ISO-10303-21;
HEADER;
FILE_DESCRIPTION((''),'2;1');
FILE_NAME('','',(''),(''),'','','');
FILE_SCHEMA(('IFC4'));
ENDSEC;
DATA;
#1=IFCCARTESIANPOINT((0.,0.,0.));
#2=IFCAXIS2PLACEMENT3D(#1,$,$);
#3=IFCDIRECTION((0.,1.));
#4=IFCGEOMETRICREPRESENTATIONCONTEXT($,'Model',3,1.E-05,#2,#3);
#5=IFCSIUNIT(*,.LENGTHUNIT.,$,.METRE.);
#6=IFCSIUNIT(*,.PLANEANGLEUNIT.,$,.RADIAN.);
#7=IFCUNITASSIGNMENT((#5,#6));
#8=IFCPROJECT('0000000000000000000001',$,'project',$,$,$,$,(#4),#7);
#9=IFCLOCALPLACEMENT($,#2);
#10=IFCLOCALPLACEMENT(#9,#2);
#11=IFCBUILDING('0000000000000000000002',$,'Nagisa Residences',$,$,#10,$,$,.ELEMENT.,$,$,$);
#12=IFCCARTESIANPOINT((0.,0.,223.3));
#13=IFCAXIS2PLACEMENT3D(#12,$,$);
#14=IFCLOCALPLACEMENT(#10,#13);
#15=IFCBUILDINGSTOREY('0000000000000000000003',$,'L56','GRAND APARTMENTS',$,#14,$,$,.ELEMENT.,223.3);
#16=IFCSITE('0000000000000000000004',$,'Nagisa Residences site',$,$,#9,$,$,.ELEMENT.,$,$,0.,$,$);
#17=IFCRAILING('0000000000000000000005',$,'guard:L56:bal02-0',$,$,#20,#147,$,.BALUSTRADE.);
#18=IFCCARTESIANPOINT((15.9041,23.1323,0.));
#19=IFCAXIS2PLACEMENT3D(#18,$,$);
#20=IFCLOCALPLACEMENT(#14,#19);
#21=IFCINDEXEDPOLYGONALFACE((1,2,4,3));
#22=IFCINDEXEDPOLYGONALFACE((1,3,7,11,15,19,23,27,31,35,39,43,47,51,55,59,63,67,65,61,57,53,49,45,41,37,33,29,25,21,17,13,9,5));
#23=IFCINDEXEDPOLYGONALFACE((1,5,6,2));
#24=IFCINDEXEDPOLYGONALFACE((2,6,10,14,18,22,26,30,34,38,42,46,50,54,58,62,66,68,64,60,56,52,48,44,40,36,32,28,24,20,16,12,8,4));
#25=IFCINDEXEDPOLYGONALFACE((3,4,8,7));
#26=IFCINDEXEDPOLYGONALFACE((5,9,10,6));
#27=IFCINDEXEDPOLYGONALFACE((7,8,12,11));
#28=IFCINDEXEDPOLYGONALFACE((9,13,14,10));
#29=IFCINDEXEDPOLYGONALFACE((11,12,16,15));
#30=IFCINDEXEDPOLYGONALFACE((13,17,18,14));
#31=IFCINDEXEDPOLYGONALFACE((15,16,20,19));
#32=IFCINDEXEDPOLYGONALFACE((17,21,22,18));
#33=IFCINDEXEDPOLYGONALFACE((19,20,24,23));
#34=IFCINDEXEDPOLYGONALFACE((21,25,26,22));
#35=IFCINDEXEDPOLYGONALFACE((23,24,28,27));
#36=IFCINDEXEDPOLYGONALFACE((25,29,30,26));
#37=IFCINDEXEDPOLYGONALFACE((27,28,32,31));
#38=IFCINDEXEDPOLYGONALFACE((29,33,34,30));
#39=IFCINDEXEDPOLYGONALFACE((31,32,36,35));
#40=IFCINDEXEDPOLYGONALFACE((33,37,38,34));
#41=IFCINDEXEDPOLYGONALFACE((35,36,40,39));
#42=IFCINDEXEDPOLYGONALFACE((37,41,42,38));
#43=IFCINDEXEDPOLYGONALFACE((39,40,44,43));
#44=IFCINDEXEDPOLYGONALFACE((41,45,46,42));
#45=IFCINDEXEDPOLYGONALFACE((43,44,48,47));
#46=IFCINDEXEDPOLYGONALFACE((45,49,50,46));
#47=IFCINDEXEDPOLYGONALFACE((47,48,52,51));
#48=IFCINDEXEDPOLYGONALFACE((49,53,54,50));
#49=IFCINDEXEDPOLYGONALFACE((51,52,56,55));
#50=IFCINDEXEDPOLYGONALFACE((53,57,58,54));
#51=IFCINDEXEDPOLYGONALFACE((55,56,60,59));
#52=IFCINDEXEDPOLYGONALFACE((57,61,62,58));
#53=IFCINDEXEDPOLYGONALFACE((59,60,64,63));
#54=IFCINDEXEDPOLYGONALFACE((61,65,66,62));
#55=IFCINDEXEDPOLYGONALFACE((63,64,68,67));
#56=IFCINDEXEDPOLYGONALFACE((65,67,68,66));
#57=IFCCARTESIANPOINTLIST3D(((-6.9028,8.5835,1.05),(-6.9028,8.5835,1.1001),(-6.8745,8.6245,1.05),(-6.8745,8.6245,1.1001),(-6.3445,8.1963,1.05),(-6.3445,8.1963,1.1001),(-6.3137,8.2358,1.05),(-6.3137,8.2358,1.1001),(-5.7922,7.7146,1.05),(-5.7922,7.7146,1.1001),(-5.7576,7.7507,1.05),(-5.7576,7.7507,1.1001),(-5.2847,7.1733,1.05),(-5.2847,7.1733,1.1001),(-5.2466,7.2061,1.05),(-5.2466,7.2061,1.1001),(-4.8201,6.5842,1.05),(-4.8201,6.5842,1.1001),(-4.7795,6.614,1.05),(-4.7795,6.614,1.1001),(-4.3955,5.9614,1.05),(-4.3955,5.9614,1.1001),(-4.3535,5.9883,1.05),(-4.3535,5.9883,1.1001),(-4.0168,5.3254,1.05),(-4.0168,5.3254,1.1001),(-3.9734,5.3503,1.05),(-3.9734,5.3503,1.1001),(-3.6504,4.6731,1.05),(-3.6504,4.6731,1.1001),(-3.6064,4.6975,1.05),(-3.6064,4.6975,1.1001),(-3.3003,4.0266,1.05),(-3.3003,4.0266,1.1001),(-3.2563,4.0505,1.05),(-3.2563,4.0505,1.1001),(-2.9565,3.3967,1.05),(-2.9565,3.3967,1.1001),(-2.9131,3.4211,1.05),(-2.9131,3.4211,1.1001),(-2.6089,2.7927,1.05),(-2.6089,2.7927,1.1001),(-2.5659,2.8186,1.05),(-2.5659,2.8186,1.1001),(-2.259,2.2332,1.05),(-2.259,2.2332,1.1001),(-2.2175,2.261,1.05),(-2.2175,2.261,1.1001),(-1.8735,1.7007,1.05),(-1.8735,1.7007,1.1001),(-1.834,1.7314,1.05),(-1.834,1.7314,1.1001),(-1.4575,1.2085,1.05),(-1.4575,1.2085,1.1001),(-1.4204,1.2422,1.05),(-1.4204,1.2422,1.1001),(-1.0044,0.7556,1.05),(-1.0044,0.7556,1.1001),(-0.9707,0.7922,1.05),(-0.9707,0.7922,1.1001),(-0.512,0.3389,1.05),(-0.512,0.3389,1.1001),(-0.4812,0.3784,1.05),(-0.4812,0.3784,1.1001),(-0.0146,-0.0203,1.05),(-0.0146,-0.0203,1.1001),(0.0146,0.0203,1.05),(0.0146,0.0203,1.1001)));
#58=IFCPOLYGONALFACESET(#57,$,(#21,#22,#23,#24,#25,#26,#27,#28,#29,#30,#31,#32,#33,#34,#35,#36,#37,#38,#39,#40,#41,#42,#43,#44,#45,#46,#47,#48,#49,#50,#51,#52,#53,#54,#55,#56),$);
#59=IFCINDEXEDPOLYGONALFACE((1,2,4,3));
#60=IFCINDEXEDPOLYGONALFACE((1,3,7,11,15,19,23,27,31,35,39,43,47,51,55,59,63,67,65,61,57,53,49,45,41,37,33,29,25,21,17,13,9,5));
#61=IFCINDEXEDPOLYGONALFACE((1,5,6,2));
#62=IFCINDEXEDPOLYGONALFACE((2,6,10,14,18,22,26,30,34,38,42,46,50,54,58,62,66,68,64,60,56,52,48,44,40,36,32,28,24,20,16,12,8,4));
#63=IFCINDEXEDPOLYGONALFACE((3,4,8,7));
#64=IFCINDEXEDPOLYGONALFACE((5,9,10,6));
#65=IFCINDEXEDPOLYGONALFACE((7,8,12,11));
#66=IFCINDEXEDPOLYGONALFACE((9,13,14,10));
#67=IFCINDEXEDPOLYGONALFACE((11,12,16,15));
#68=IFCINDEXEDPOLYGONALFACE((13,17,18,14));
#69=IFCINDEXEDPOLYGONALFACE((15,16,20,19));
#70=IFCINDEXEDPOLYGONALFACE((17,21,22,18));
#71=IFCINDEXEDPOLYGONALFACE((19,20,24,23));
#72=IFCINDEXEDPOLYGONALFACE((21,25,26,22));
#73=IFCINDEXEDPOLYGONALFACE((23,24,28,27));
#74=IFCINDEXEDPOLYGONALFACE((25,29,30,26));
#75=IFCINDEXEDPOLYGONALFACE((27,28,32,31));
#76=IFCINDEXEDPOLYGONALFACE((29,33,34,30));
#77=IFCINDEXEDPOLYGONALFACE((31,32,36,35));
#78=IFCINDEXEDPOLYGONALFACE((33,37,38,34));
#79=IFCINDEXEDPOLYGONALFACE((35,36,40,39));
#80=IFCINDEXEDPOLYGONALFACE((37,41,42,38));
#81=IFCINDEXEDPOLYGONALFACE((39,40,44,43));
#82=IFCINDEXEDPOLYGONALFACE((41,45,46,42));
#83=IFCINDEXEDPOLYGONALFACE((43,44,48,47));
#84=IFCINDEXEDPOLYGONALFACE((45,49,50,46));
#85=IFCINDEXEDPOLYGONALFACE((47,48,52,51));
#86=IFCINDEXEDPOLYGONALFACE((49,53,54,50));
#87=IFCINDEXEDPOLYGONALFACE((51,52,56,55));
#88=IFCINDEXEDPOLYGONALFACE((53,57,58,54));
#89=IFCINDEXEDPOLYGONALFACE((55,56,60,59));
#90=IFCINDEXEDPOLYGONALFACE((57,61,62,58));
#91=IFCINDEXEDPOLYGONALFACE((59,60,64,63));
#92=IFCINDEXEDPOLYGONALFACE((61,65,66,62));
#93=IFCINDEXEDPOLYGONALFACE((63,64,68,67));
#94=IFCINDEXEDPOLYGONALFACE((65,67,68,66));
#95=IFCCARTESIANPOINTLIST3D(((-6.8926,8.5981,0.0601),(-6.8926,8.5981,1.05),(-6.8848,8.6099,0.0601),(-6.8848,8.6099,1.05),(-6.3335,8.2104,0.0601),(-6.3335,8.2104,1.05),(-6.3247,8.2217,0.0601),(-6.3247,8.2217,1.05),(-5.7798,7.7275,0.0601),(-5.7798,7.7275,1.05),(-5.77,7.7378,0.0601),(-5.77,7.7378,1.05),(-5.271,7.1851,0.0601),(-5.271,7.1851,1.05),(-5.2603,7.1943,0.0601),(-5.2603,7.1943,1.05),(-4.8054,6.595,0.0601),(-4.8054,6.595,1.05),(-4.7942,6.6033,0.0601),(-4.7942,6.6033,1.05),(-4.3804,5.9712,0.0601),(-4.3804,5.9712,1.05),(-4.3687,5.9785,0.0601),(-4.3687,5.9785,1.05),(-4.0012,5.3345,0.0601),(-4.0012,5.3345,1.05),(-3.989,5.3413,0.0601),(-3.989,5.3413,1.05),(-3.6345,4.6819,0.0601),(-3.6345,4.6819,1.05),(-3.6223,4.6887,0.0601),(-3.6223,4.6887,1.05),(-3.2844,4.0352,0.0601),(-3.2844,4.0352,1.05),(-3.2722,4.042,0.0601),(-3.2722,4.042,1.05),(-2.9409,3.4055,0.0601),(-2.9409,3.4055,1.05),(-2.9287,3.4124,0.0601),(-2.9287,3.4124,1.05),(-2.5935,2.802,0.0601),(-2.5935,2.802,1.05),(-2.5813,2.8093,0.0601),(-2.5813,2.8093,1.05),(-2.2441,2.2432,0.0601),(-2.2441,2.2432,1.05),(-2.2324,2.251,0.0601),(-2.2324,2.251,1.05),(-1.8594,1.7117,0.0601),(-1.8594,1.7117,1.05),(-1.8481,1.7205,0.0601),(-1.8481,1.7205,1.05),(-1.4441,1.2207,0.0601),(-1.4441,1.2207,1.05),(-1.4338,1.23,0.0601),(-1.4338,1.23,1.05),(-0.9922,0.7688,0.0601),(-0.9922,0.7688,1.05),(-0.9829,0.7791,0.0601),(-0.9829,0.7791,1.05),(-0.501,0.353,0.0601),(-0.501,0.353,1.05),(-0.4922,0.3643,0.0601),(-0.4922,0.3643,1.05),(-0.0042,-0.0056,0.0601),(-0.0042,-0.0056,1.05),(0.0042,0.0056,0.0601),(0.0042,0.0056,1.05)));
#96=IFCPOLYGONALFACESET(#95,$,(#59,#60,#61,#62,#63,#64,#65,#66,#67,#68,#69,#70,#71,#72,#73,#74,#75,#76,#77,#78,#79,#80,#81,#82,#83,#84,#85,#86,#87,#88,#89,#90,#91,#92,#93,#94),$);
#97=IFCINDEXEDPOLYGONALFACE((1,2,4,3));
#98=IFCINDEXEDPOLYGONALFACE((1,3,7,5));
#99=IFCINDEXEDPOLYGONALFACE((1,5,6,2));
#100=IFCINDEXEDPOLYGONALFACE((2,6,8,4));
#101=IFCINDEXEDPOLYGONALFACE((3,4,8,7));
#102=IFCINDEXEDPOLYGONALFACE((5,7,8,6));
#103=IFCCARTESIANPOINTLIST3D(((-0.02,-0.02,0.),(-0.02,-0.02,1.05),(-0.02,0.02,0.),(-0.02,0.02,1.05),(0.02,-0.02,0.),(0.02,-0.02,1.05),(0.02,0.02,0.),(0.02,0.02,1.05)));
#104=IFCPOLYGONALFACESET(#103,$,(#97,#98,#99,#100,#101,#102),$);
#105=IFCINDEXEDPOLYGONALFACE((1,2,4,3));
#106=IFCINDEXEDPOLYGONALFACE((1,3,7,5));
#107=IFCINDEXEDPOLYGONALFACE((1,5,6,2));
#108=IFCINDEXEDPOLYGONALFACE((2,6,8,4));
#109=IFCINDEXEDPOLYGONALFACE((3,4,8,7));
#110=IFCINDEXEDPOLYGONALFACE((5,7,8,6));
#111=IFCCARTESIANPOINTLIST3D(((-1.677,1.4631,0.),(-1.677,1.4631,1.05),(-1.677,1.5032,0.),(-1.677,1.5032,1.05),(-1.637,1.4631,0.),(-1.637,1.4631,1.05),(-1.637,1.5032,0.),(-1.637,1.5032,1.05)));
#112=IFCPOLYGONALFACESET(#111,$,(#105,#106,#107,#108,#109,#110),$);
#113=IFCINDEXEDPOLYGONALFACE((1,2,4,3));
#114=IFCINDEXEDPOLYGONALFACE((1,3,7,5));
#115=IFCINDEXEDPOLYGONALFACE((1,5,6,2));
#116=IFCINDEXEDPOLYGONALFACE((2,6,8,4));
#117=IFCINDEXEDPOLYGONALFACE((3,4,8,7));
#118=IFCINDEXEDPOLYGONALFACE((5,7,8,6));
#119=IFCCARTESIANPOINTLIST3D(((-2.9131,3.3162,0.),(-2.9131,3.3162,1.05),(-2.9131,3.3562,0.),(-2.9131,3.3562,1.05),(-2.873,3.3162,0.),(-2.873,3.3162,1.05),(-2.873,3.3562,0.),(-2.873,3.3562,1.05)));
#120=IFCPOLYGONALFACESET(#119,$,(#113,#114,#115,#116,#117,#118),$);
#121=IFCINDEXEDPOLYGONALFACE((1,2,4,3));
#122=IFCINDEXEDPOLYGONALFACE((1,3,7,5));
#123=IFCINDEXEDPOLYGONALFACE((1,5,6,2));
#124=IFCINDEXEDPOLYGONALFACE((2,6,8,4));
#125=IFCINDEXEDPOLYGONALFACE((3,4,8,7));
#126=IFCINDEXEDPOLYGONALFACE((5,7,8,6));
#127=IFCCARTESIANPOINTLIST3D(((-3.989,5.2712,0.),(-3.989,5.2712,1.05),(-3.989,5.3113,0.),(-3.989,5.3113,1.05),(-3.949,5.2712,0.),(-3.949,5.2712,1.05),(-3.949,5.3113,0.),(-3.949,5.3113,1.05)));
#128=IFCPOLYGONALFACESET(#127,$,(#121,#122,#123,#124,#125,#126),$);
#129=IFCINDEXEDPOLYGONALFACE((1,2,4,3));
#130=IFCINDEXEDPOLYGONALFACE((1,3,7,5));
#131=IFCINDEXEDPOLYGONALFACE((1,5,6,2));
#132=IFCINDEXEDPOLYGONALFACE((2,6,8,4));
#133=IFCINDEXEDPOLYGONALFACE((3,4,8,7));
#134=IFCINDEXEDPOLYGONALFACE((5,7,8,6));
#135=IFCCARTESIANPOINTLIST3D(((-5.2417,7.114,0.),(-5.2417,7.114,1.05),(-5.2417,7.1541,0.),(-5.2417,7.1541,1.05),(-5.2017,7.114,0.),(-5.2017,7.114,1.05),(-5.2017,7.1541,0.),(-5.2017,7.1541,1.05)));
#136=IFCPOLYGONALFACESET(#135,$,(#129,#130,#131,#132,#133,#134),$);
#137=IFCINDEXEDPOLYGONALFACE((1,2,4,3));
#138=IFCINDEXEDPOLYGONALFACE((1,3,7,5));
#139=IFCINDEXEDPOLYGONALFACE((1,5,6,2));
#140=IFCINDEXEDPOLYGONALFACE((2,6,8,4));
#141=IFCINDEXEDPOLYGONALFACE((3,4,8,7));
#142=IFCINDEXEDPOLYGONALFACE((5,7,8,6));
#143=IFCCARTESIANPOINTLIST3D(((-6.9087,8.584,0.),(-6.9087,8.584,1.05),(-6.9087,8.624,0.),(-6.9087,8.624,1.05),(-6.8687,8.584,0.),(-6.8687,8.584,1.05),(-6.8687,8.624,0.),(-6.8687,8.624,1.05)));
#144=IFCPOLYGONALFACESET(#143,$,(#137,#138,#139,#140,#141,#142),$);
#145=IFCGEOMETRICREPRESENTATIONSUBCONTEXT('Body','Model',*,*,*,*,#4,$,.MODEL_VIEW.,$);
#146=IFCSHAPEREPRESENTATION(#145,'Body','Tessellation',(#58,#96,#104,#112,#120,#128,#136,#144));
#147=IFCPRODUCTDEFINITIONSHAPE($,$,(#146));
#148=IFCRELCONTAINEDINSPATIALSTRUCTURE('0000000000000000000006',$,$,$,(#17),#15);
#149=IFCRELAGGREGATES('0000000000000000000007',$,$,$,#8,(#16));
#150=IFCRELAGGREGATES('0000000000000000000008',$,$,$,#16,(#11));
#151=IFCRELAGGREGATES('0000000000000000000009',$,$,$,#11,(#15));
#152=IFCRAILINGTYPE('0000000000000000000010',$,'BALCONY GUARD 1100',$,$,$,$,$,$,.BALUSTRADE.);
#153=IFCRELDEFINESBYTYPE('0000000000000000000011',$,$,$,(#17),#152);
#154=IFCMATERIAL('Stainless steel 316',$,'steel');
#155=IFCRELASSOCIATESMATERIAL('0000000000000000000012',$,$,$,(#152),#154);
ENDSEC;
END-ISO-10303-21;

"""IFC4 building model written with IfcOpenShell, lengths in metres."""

from ifc_helpers import new_model, si_unit, direction, frame, origin, origin_2d, place, context, subcontext, project, spatial, polyline, rectangle, outline, extrude, material, type_object, element, save


model = new_model("IFC4")

# Units and contexts
model_context = context("Model", 3, precision=1e-05, world=origin(), true_north=direction((0.0, 1.0)))
body_context = subcontext(model_context, "Body", "Model", "MODEL_VIEW")
ifc_project = project(units=[si_unit("LENGTHUNIT", "METRE"), si_unit("PLANEANGLEUNIT", "RADIAN")], contexts=[model_context])

# Site, building, storey
site_placement = place(None, origin())
site = spatial("IfcSite", under=ifc_project, at=site_placement, Name="Nagisa Residences site", CompositionType="ELEMENT", RefElevation=0.0)
building_placement = place(site_placement, origin())
building = spatial("IfcBuilding", under=site, at=building_placement, Name="Nagisa Residences", CompositionType="ELEMENT")
storey_placement = place(building_placement, frame((0.0, 0.0, 223.3)))
storey = spatial("IfcBuildingStorey", under=building, at=storey_placement, Name="L56", Description="GRAND APARTMENTS", CompositionType="ELEMENT", Elevation=223.3)

# Railing
ifc_material_1 = material(Name="Stainless steel 316", Category="steel")
railing_type = type_object("IfcRailingType", Name="BALCONY GUARD 1100", PredefinedType="BALUSTRADE", material=ifc_material_1)
railing_1_placement = place(storey_placement, frame((15.9041, 23.1323, 0.0)))
element("IfcRailing", 1, at=railing_1_placement, inside=storey, type_object=railing_type, Name="guard:L56:bal02-0", PredefinedType="BALUSTRADE", context=body_context, shape_type="SweptSolid", body=[
    extrude(outline(polyline([(-0.512, 0.3389), (-0.0146, -0.0203), (0.0146, 0.0203), (-0.4812, 0.3784), (-0.9707, 0.7922), (-1.4204, 1.2422), (-1.834, 1.7314), (-2.2175, 2.261), (-2.5659, 2.8186), (-2.9131, 3.4211), (-3.2563, 4.0505), (-3.6064, 4.6975), (-3.9734, 5.3503), (-4.3535, 5.9883), (-4.7795, 6.614), (-5.2466, 7.2061), (-5.7576, 7.7507), (-6.3137, 8.2358), (-6.8745, 8.6245), (-6.9028, 8.5835), (-6.3445, 8.1963), (-5.7922, 7.7146), (-5.2847, 7.1733), (-4.8201, 6.5842), (-4.3955, 5.9614), (-4.0168, 5.3254), (-3.6504, 4.6731), (-3.3003, 4.0266), (-2.9565, 3.3967), (-2.6089, 2.7927), (-2.259, 2.2332), (-1.8735, 1.7007), (-1.4575, 1.2085), (-1.0044, 0.7556), (-0.512, 0.3389)])), frame((0.0, 0.0, 1.05)), (0.0, 0.0, 1.0), 0.05),
    extrude(outline(polyline([(-0.501, 0.353), (-0.0042, -0.0056), (0.0042, 0.0056), (-0.4922, 0.3643), (-0.9829, 0.7791), (-1.4338, 1.23), (-1.8481, 1.7205), (-2.2324, 2.251), (-2.5813, 2.8093), (-2.9287, 3.4124), (-3.2722, 4.042), (-3.6223, 4.6887), (-3.989, 5.3413), (-4.3687, 5.9785), (-4.7942, 6.6033), (-5.2603, 7.1943), (-5.77, 7.7378), (-6.3247, 8.2217), (-6.8848, 8.6099), (-6.8926, 8.5981), (-6.3335, 8.2104), (-5.7798, 7.7275), (-5.271, 7.1851), (-4.8054, 6.595), (-4.3804, 5.9712), (-4.0012, 5.3345), (-3.6345, 4.6819), (-3.2844, 4.0352), (-2.9409, 3.4055), (-2.5935, 2.802), (-2.2441, 2.2432), (-1.8594, 1.7117), (-1.4441, 1.2207), (-0.9922, 0.7688), (-0.501, 0.353)])), frame((0.0, 0.0, 0.0601)), (0.0, 0.0, 1.0), 0.99),
    extrude(rectangle(XDim=0.04, YDim=0.04, at=origin_2d()), origin(), (0.0, 0.0, 1.0), 1.05),
    extrude(rectangle(XDim=0.04, YDim=0.04, at=origin_2d()), frame((-1.657, 1.4832, 0.0)), (0.0, 0.0, 1.0), 1.05),
    extrude(rectangle(XDim=0.04, YDim=0.04, at=origin_2d()), frame((-2.8931, 3.3362, 0.0)), (0.0, 0.0, 1.0), 1.05),
    extrude(rectangle(XDim=0.04, YDim=0.04, at=origin_2d()), frame((-3.969, 5.2913, 0.0)), (0.0, 0.0, 1.0), 1.05),
    extrude(rectangle(XDim=0.04, YDim=0.04, at=origin_2d()), frame((-5.2217, 7.134, 0.0)), (0.0, 0.0, 1.0), 1.05),
    extrude(rectangle(XDim=0.04, YDim=0.04, at=origin_2d()), frame((-6.8887, 8.604, 0.0)), (0.0, 0.0, 1.0), 1.05),
])

save(model, "model.ifc")
